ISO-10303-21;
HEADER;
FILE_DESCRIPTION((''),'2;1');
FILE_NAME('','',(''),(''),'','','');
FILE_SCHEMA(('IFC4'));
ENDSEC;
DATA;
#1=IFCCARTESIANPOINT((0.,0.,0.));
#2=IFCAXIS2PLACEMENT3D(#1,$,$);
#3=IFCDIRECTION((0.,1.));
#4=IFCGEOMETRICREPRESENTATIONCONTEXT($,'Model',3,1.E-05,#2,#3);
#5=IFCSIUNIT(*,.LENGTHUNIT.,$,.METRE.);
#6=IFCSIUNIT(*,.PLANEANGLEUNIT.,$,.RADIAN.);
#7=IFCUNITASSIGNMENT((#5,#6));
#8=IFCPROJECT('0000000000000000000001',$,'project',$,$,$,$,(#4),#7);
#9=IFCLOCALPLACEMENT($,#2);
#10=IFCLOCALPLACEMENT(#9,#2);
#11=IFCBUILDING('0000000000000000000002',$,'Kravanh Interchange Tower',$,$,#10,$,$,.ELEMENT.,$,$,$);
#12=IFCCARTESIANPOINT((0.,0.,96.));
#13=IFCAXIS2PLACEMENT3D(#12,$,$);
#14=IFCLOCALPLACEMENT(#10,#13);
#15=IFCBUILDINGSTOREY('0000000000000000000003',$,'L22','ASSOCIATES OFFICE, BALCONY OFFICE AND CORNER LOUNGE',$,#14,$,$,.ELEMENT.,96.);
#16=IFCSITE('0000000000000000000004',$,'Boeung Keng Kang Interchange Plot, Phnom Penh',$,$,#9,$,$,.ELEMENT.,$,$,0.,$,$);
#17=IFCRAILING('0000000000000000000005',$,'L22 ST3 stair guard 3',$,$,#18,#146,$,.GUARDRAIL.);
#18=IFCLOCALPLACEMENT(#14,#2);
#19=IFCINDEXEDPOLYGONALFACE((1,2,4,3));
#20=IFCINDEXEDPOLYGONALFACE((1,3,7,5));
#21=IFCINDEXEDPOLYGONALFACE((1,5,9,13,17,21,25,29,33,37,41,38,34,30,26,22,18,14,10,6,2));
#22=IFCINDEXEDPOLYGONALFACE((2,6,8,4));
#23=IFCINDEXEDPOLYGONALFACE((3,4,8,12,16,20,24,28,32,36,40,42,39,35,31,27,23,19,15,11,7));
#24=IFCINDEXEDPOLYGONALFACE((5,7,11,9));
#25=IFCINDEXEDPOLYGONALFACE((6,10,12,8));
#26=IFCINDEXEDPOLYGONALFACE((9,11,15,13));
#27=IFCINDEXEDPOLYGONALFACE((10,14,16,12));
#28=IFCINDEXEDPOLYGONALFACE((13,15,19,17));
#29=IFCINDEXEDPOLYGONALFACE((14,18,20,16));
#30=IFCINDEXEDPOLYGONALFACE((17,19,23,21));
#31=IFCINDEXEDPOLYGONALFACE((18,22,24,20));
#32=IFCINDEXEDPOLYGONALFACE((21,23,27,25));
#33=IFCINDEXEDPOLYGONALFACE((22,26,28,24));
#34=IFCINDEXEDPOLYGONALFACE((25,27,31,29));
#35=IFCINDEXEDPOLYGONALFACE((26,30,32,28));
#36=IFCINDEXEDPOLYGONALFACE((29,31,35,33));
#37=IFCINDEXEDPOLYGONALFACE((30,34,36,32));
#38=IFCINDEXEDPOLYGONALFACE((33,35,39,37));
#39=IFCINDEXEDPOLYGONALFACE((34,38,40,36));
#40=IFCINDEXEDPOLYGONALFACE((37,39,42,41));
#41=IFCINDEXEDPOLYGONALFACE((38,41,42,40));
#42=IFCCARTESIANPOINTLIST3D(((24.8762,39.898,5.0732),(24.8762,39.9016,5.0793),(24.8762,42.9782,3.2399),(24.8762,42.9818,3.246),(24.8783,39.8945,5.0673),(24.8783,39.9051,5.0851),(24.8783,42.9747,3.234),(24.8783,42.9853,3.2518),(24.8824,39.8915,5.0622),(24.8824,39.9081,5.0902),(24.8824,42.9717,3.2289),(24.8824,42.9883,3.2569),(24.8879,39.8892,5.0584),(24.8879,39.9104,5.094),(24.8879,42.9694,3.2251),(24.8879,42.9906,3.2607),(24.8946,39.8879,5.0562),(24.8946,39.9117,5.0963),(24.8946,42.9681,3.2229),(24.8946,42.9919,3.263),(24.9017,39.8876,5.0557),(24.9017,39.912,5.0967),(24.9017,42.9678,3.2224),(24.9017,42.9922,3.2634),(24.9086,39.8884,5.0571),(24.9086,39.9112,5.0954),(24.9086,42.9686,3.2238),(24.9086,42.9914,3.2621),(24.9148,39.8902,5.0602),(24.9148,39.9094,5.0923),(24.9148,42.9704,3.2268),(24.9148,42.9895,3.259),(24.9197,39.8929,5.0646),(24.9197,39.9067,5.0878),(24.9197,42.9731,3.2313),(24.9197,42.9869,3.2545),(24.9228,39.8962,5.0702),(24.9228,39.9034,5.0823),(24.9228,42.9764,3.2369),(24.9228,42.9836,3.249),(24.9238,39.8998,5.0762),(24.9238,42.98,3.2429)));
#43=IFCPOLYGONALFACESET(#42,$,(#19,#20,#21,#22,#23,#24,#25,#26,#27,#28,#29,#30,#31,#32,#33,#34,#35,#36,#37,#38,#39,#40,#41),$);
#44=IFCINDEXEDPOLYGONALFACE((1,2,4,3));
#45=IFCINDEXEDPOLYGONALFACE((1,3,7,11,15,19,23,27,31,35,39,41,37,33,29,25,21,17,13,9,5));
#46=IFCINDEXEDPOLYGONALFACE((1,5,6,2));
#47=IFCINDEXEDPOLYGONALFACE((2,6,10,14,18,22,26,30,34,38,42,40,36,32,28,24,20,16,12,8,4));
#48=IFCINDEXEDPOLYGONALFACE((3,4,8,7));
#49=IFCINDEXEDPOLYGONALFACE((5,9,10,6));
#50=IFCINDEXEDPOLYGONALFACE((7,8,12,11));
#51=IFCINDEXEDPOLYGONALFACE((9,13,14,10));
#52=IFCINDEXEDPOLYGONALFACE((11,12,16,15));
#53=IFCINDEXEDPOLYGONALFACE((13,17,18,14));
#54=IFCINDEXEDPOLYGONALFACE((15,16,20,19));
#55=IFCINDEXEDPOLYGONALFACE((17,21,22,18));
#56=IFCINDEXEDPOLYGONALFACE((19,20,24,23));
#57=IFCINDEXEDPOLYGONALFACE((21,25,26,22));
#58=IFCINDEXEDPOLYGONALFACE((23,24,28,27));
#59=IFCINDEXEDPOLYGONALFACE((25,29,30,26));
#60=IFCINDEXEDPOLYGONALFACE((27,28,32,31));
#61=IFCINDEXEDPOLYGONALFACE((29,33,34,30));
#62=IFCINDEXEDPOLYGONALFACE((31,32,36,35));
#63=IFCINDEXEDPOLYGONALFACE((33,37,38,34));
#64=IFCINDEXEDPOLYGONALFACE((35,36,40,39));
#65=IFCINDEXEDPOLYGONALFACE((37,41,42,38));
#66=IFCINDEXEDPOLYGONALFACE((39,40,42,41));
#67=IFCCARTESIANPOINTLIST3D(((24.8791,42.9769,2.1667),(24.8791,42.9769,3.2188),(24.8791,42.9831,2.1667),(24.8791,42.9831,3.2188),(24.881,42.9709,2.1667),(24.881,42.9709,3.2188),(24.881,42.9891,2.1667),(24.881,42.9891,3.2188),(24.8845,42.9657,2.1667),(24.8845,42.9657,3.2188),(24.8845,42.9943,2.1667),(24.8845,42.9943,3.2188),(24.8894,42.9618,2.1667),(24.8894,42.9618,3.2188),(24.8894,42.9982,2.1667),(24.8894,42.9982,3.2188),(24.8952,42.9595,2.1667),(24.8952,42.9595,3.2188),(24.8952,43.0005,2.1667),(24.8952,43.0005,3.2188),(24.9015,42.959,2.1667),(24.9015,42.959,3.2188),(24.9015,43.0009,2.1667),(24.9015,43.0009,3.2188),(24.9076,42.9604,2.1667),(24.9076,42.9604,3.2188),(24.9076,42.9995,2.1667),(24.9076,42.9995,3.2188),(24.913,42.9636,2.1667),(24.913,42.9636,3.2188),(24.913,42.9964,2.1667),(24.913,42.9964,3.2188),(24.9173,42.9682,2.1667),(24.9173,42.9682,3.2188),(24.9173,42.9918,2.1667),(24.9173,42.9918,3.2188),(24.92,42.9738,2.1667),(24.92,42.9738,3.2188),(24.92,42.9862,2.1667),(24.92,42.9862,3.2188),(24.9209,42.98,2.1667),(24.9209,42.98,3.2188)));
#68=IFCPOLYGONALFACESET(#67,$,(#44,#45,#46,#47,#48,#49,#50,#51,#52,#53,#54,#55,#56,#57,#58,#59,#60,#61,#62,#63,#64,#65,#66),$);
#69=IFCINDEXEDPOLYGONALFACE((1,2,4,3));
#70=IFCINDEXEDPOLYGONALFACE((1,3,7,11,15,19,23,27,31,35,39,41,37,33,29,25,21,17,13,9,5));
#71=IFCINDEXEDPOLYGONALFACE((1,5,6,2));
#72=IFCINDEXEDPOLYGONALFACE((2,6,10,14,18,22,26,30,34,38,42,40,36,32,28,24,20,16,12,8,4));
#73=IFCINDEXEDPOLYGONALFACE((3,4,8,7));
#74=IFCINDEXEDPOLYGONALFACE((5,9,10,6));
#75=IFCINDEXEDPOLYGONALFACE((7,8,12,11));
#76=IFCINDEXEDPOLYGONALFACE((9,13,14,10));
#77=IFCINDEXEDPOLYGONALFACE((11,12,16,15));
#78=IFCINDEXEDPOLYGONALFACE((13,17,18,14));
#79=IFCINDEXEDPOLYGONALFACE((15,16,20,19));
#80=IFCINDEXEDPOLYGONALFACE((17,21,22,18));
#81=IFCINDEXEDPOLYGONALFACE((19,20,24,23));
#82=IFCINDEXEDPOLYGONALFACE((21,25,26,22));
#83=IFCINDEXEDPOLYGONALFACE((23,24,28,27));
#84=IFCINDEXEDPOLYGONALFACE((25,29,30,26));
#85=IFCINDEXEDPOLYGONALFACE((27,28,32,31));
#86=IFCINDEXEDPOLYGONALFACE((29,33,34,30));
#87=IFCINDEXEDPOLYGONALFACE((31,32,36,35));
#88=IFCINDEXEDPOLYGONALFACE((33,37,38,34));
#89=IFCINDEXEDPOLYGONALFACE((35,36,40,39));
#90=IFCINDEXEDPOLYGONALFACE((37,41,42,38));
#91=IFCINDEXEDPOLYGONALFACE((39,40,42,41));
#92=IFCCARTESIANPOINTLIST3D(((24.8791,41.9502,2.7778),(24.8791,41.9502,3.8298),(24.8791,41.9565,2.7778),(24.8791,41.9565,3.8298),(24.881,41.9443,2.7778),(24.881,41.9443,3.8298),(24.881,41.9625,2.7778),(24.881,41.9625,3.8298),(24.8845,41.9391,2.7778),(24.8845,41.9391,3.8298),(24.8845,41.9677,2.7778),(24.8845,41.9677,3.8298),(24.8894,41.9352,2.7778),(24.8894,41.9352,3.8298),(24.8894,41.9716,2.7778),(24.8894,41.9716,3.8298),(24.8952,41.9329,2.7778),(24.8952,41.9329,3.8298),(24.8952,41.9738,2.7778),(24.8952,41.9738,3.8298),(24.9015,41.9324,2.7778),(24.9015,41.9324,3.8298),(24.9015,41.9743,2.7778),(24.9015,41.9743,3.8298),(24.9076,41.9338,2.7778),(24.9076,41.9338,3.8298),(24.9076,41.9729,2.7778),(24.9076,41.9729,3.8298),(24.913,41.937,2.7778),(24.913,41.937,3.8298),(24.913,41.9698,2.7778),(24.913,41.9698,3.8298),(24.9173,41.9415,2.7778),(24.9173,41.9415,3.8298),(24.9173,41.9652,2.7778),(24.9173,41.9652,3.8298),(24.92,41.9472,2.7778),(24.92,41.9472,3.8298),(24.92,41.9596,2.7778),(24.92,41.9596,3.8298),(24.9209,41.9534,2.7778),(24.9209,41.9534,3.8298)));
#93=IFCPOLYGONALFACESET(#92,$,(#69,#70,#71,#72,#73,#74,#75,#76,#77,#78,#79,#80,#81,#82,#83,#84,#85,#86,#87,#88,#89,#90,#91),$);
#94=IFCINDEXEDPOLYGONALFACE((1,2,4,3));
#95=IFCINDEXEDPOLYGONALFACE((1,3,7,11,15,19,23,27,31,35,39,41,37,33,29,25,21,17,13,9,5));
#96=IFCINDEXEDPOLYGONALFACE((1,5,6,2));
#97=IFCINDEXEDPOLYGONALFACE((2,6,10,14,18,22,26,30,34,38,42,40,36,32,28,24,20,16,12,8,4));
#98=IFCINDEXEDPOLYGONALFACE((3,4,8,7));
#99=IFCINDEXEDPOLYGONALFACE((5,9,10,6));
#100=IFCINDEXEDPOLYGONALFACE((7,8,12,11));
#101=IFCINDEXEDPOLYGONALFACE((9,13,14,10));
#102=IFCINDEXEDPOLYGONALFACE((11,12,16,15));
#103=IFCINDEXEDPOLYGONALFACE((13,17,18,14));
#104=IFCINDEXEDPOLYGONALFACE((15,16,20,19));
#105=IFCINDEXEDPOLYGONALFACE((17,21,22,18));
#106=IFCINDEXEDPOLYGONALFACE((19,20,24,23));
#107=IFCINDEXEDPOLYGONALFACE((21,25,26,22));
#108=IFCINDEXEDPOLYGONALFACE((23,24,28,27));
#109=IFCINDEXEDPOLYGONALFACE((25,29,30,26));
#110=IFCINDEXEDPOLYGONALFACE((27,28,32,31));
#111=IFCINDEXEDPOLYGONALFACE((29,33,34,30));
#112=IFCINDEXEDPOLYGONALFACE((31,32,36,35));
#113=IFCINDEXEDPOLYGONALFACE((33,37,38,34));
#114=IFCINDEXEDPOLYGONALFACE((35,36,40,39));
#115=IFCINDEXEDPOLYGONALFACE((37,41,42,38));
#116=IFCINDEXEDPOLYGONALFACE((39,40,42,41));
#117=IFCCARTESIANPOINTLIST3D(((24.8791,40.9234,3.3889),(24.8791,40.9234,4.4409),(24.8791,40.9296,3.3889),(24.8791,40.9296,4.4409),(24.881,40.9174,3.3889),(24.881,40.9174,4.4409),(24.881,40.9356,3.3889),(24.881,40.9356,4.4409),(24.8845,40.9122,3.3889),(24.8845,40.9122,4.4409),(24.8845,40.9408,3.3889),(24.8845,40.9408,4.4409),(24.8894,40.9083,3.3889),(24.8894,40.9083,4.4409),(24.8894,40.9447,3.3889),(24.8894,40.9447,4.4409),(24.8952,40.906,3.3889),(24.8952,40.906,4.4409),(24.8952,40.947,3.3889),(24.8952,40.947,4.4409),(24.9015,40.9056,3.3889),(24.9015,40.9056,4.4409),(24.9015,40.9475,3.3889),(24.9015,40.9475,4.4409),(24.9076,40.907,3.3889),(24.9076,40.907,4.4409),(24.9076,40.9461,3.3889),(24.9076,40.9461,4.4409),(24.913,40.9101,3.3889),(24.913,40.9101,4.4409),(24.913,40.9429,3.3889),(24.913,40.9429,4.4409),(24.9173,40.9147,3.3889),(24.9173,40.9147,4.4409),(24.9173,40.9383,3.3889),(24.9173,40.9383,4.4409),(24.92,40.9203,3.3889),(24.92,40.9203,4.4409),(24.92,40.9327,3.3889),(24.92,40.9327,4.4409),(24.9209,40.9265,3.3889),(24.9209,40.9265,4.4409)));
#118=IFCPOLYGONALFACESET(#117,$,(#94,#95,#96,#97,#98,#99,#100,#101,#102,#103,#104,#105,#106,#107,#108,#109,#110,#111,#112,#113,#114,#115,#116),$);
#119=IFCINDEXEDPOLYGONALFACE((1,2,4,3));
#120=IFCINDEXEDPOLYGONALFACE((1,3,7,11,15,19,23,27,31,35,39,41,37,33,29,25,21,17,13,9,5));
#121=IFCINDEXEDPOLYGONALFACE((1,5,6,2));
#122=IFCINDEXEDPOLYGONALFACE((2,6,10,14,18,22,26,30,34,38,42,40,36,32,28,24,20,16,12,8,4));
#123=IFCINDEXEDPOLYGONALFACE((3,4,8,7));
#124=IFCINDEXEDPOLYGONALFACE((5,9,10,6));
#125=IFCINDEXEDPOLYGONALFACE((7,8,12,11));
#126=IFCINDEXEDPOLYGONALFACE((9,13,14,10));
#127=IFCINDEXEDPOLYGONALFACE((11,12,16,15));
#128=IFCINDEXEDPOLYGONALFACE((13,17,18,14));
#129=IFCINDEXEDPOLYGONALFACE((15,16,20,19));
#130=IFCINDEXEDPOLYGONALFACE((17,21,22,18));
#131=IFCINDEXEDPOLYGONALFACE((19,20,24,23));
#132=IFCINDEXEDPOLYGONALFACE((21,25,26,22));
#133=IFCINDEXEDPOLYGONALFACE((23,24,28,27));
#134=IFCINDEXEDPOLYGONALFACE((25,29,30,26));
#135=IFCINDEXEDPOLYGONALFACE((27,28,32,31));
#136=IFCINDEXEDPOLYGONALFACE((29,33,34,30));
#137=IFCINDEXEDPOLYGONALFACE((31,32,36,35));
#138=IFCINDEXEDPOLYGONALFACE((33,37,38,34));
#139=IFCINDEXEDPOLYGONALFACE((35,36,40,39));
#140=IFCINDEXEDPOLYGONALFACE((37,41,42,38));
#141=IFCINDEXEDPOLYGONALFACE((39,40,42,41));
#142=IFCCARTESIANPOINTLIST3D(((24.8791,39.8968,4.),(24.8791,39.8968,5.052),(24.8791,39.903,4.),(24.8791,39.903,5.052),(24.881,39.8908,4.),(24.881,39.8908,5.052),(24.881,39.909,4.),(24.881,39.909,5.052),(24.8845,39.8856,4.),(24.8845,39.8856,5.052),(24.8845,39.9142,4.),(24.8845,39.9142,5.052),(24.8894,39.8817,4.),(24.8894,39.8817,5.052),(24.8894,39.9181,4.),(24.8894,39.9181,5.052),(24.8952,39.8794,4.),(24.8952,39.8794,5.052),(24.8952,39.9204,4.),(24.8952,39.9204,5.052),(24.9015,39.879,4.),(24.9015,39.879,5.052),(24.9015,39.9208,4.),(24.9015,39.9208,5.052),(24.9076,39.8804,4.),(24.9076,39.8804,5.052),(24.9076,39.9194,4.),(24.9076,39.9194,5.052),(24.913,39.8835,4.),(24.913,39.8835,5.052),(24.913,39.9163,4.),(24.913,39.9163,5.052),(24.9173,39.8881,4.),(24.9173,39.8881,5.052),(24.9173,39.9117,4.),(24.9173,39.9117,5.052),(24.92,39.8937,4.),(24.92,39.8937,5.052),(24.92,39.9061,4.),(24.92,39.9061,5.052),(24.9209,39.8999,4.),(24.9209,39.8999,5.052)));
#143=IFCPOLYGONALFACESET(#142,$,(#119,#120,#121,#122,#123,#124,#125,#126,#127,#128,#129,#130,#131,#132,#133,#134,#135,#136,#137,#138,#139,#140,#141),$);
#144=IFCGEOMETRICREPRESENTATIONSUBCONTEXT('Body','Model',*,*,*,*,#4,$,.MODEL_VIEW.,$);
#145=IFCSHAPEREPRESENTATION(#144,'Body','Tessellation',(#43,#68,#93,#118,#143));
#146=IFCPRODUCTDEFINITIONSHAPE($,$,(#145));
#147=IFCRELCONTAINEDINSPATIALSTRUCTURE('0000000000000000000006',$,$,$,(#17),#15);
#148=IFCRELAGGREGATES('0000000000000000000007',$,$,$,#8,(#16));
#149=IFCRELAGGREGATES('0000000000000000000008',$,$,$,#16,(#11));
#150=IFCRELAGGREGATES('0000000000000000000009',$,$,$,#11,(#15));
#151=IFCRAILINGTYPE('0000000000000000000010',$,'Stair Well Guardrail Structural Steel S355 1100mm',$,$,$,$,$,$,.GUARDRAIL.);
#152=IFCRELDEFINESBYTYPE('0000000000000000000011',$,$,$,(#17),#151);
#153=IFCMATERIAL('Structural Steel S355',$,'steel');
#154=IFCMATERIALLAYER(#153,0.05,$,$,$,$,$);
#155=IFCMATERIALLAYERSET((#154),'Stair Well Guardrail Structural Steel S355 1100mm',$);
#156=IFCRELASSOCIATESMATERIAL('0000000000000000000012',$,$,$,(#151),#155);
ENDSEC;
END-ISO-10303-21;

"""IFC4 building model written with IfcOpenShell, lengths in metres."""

from ifc_helpers import new_model, si_unit, direction, frame, origin, origin_2d, place, context, subcontext, project, spatial, circle, extrude, material, layer, layer_set, type_object, element, save


model = new_model("IFC4")

# Units and contexts
model_context = context("Model", 3, precision=1e-05, world=origin(), true_north=direction((0.0, 1.0)))
body_context = subcontext(model_context, "Body", "Model", "MODEL_VIEW")
ifc_project = project(units=[si_unit("LENGTHUNIT", "METRE"), si_unit("PLANEANGLEUNIT", "RADIAN")], contexts=[model_context])

# Site, building, storey
site_placement = place(None, origin())
site = spatial("IfcSite", under=ifc_project, at=site_placement, Name="Boeung Keng Kang Interchange Plot, Phnom Penh", CompositionType="ELEMENT", RefElevation=0.0)
building_placement = place(site_placement, origin())
building = spatial("IfcBuilding", under=site, at=building_placement, Name="Kravanh Interchange Tower", CompositionType="ELEMENT")
storey_placement = place(building_placement, frame((0.0, 0.0, 96.0)))
storey = spatial("IfcBuildingStorey", under=building, at=storey_placement, Name="L22", Description="ASSOCIATES OFFICE, BALCONY OFFICE AND CORNER LOUNGE", CompositionType="ELEMENT", Elevation=96.0)

# Railing
ifc_material_1 = material(Name="Structural Steel S355", Category="steel")
ifc_layer_1 = layer(ifc_material_1, 0.05)
ifc_layer_set_1 = layer_set([ifc_layer_1], Name="Stair Well Guardrail Structural Steel S355 1100mm")
railing_type_1 = type_object("IfcRailingType", Name="Stair Well Guardrail Structural Steel S355 1100mm", PredefinedType="GUARDRAIL", material=ifc_layer_set_1)
railing_1_placement = place(storey_placement, frame((24.8999, 42.98, 2.1667)))
element("IfcRailing", 1, at=railing_1_placement, inside=storey, type_object=railing_type_1, Name="L22 ST3 stair guard 3", PredefinedType="GUARDRAIL", context=body_context, shape_type="SweptSolid", body=[
    extrude(circle(Radius=0.0239, at=origin_2d()), frame((0.0, 0.0, 1.0762), z_axis=(0.0, -0.859309, 0.511458), x_axis=(1.0, 0.0, 0.0)), (0.0, 0.0, 1.0), 3.5845),
    extrude(circle(Radius=0.021, at=origin_2d()), origin(), (0.0, 0.0, 1.0), 1.052),
    extrude(circle(Radius=0.021, at=origin_2d()), frame((0.0, -1.0266, 0.6111)), (0.0, 0.0, 1.0), 1.052),
    extrude(circle(Radius=0.021, at=origin_2d()), frame((0.0, -2.0535, 1.2222)), (0.0, 0.0, 1.0), 1.052),
    extrude(circle(Radius=0.021, at=origin_2d()), frame((0.0, -3.0801, 1.8333)), (0.0, 0.0, 1.0), 1.052),
])

save(model, "model.ifc")
